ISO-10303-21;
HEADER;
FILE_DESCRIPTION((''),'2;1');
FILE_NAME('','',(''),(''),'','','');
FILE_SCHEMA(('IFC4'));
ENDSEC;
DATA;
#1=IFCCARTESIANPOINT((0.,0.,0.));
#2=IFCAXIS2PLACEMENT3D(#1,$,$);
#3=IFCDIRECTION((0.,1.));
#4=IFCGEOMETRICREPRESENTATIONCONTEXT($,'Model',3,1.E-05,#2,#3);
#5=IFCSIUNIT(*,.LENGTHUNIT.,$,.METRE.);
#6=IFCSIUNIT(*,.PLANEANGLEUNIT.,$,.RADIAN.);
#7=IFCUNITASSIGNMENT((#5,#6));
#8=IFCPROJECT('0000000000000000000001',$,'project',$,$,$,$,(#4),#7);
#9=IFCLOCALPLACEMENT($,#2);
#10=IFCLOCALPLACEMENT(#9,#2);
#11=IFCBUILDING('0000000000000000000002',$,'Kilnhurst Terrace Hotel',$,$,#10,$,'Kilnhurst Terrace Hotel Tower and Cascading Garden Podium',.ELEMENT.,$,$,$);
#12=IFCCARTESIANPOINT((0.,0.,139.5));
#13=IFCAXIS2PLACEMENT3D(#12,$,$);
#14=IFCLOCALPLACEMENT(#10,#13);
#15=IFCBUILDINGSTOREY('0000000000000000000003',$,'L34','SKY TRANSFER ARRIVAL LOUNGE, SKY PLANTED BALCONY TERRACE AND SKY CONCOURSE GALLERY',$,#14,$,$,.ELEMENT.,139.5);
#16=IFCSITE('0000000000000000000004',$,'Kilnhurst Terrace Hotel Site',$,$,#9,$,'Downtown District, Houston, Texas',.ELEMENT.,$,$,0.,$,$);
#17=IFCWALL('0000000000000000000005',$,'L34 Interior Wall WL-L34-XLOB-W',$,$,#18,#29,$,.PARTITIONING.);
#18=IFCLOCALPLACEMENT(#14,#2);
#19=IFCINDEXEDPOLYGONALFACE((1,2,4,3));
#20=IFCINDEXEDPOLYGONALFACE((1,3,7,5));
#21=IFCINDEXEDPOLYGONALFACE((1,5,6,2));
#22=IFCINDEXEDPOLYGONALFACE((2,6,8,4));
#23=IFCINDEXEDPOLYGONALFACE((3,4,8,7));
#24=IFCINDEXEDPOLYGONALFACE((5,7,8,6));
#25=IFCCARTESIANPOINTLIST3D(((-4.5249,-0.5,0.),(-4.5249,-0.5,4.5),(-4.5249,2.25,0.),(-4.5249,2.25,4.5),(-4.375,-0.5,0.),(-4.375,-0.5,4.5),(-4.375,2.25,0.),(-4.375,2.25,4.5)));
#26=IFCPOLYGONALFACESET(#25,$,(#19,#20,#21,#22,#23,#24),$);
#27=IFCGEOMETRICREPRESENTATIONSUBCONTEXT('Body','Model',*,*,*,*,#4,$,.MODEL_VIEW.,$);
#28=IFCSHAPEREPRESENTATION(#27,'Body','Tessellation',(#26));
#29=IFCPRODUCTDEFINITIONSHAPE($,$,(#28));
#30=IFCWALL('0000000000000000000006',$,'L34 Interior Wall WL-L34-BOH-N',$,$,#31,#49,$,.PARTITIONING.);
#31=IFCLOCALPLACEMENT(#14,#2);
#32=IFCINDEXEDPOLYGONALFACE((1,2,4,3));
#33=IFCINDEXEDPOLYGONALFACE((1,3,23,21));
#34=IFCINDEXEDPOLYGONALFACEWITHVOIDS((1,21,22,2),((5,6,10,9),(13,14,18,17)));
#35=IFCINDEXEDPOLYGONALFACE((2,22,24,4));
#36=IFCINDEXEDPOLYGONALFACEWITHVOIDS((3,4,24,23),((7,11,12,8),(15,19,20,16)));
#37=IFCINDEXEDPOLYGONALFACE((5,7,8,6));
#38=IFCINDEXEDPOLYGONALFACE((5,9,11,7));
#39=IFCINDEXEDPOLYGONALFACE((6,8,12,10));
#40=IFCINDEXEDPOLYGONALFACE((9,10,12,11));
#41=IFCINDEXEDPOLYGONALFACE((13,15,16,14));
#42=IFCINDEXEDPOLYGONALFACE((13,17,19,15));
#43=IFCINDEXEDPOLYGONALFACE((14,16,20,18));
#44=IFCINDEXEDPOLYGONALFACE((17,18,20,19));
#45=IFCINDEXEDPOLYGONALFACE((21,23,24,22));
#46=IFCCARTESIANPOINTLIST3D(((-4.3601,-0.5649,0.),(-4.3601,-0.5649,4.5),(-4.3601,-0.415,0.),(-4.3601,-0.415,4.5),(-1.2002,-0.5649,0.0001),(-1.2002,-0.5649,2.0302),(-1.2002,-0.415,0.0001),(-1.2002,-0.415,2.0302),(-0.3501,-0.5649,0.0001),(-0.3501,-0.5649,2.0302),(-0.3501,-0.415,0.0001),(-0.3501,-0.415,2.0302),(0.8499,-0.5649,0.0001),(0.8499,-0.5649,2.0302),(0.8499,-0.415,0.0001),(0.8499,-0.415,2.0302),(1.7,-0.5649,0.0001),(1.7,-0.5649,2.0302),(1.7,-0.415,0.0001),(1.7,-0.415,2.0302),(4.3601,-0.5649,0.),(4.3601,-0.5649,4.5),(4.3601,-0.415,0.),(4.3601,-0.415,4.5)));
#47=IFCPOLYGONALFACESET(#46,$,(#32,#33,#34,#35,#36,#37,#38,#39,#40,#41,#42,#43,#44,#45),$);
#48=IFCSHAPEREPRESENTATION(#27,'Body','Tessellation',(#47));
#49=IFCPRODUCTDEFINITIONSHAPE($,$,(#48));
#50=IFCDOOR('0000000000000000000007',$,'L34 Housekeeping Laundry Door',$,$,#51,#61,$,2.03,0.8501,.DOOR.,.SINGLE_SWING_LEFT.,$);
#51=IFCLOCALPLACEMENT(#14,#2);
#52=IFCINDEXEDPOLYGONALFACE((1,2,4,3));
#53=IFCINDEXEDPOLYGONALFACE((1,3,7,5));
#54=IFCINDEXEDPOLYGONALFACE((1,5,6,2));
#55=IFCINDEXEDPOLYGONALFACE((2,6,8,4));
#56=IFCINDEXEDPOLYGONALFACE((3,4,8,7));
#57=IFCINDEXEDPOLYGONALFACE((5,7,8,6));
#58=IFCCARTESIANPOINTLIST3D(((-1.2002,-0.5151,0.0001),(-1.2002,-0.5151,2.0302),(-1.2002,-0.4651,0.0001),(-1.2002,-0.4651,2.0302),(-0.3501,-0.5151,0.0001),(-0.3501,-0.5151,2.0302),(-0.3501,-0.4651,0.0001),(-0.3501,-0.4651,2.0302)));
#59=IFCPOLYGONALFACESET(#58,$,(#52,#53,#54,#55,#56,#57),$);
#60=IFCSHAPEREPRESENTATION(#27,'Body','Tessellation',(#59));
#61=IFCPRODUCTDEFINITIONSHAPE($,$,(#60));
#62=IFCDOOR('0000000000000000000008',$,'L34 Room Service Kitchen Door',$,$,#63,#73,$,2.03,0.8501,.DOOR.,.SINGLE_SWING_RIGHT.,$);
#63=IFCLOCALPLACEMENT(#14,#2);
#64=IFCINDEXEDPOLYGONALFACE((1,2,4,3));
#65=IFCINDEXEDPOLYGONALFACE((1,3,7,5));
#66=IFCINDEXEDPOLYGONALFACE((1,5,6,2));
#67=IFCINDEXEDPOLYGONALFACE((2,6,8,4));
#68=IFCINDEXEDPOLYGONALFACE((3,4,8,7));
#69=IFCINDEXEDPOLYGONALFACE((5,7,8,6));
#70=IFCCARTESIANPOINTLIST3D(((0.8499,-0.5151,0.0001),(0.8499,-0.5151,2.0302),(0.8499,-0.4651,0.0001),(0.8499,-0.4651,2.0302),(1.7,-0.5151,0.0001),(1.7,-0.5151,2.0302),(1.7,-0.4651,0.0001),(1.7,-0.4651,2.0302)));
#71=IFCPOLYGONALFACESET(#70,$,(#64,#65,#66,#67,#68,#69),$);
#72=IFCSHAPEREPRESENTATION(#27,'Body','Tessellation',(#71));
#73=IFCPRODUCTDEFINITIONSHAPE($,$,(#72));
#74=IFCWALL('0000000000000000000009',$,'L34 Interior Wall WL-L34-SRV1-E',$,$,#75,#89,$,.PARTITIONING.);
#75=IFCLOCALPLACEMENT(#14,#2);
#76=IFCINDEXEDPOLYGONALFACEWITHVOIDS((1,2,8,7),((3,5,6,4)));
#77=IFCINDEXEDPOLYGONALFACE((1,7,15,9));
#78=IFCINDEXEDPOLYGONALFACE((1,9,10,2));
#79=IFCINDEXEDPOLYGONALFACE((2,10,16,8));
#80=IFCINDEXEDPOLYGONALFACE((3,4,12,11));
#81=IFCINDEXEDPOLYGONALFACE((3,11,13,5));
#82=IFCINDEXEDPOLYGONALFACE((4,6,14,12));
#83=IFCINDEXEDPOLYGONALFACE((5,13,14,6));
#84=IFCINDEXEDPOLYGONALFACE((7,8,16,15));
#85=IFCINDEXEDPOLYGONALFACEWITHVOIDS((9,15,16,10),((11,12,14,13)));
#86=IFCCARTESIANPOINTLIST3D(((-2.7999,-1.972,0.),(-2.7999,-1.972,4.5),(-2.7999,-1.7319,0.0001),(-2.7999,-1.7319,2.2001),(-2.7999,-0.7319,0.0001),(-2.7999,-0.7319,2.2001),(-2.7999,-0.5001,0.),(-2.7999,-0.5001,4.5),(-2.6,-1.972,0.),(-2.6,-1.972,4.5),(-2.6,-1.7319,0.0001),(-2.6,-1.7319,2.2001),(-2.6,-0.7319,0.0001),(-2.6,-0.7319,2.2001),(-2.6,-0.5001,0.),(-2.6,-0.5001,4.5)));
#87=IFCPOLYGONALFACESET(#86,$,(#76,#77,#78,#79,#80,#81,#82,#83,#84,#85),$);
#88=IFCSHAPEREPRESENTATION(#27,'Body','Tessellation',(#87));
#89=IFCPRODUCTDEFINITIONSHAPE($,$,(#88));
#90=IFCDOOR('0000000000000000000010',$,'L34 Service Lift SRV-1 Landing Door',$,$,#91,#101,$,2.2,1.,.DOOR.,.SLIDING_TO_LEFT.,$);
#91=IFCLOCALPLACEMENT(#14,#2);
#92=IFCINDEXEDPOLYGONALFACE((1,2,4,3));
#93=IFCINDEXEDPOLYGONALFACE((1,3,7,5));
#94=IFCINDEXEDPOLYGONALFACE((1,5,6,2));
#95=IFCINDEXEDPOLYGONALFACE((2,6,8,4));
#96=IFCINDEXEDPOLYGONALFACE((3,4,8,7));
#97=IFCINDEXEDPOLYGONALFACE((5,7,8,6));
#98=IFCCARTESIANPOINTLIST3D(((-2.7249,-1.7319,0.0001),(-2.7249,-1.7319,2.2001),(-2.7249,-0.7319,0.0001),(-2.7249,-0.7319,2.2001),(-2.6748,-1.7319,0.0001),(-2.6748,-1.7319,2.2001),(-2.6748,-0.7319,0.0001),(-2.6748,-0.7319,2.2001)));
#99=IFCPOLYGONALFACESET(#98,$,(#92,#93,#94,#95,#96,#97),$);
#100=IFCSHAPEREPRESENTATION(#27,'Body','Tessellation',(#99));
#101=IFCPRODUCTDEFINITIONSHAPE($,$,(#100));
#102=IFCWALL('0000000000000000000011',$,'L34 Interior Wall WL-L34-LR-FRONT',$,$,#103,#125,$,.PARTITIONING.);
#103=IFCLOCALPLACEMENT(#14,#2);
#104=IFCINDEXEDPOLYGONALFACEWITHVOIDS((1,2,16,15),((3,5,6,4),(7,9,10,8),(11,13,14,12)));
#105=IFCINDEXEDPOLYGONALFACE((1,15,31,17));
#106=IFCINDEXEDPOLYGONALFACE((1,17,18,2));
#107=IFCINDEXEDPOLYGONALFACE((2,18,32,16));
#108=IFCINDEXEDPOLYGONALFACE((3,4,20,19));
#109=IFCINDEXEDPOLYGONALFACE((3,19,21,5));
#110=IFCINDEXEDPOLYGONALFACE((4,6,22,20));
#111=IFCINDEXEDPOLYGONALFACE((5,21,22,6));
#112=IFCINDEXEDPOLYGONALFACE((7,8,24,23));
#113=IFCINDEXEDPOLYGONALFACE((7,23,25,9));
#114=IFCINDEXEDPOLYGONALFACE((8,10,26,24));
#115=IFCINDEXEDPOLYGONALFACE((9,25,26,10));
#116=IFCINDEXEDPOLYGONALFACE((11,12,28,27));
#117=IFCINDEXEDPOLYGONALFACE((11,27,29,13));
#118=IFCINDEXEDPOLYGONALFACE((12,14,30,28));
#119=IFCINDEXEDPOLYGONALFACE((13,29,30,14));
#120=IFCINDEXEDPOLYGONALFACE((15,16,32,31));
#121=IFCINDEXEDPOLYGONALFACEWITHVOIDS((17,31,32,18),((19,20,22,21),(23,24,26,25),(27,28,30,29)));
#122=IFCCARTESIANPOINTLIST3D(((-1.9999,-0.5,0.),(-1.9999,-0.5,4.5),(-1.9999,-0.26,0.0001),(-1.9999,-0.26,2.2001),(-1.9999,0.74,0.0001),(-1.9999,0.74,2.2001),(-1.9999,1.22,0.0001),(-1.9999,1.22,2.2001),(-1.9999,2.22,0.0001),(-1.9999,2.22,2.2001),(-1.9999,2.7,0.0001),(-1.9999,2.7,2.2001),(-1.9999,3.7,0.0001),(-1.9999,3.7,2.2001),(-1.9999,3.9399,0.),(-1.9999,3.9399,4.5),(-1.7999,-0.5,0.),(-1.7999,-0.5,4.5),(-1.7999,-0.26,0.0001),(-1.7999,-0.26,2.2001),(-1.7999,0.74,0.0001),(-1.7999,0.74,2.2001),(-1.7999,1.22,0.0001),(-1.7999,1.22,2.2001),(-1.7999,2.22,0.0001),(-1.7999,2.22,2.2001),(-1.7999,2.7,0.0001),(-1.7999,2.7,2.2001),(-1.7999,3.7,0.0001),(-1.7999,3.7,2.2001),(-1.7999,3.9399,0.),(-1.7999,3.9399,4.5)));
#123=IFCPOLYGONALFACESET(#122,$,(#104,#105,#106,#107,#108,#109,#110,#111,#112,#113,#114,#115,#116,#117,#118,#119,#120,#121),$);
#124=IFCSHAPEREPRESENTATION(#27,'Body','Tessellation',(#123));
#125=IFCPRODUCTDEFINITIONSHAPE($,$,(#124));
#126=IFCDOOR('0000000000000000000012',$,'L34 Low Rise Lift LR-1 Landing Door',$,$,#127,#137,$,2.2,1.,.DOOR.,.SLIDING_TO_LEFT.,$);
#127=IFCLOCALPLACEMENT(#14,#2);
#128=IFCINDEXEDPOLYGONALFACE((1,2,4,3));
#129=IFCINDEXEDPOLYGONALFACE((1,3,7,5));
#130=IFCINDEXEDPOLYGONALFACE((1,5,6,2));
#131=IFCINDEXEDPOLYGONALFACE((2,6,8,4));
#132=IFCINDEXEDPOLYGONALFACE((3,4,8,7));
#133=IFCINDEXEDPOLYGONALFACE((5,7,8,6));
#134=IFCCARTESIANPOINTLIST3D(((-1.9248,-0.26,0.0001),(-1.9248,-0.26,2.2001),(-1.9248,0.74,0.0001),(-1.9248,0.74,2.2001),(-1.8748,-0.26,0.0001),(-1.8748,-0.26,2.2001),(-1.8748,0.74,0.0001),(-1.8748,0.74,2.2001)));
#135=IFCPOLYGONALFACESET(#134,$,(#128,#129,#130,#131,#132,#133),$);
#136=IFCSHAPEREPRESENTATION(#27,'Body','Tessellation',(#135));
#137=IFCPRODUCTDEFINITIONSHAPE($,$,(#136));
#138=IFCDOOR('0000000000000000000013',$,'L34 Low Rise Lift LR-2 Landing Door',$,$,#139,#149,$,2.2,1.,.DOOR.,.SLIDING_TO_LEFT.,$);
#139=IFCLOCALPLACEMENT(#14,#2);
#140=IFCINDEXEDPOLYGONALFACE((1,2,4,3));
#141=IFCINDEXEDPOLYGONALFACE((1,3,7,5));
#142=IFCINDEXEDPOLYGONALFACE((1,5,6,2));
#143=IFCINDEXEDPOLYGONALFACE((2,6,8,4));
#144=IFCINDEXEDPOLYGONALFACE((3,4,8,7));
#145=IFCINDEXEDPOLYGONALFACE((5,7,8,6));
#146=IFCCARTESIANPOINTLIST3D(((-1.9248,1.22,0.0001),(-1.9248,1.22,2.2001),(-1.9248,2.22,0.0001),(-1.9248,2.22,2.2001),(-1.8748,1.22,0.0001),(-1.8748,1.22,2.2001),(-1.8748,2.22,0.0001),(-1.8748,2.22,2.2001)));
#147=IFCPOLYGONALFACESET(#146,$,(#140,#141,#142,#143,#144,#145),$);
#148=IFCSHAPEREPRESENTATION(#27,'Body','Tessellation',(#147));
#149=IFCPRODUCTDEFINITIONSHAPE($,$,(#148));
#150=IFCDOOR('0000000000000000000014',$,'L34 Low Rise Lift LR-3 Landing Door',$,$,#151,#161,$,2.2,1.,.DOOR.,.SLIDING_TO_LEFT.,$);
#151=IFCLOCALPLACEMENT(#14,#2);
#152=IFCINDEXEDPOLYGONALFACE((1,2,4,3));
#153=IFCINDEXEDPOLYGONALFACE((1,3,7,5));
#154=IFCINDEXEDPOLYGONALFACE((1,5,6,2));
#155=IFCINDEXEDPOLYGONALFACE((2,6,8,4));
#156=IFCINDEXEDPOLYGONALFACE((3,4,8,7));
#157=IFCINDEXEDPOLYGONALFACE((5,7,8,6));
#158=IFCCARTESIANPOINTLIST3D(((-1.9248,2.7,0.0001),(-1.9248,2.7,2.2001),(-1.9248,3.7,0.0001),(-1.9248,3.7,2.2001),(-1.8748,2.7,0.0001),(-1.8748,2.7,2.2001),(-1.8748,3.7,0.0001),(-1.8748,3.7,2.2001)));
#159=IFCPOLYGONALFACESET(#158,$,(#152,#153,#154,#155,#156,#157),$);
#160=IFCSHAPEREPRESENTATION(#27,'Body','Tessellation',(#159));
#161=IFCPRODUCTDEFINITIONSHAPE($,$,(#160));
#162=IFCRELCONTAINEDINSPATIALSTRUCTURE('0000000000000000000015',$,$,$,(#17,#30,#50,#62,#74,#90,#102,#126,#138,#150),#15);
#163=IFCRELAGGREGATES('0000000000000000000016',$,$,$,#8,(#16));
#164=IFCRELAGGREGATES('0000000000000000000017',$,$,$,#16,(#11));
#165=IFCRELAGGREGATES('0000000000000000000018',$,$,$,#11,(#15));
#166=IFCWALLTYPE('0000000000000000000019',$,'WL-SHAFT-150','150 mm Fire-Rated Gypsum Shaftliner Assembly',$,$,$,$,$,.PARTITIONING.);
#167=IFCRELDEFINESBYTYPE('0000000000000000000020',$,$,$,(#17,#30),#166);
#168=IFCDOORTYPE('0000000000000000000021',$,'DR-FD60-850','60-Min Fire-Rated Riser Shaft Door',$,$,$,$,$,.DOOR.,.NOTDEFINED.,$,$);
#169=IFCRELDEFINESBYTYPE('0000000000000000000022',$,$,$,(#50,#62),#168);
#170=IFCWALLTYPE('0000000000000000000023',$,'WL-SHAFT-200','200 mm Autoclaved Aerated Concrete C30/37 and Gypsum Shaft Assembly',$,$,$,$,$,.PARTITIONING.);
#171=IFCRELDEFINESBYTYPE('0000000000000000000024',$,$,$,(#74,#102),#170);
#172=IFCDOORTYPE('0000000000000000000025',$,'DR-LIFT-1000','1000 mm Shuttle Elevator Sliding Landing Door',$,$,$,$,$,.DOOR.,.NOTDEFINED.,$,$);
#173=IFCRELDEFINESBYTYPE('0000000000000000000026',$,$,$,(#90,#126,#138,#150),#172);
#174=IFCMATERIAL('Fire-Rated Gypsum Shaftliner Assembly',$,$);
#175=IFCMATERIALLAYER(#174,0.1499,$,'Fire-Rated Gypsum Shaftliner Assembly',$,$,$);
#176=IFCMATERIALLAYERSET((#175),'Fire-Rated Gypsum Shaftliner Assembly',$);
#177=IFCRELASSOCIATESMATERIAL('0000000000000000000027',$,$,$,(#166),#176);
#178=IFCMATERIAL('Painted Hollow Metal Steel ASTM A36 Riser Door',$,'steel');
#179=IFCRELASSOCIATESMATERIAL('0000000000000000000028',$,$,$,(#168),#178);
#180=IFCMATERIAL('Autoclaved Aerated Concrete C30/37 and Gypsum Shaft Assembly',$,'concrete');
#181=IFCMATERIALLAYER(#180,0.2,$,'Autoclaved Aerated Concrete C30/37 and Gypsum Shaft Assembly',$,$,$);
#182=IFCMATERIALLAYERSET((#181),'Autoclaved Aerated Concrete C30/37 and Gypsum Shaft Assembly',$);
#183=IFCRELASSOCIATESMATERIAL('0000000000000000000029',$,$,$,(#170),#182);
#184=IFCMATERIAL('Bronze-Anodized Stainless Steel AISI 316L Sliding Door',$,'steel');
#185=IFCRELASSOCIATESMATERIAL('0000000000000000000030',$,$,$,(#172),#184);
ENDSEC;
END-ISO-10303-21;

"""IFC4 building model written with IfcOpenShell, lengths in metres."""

from ifc_helpers import new_model, si_unit, direction, frame, frame_2d, origin, place, context, subcontext, project, spatial, rectangle, extrude, material, layer, layer_set, type_object, element, fill, save


model = new_model("IFC4")

# Units and contexts
model_context = context("Model", 3, precision=1e-05, world=origin(), true_north=direction((0.0, 1.0)))
body_context = subcontext(model_context, "Body", "Model", "MODEL_VIEW")
ifc_project = project(units=[si_unit("LENGTHUNIT", "METRE"), si_unit("PLANEANGLEUNIT", "RADIAN")], contexts=[model_context])

# Site, building, storey
site_placement = place(None, origin())
site = spatial("IfcSite", under=ifc_project, at=site_placement, Name="Kilnhurst Terrace Hotel Site", LongName="Downtown District, Houston, Texas", CompositionType="ELEMENT", RefElevation=0.0)
building_placement = place(site_placement, origin())
building = spatial("IfcBuilding", under=site, at=building_placement, Name="Kilnhurst Terrace Hotel", LongName="Kilnhurst Terrace Hotel Tower and Cascading Garden Podium", CompositionType="ELEMENT")
storey_placement = place(building_placement, frame((0.0, 0.0, 139.5)))
storey = spatial("IfcBuildingStorey", under=building, at=storey_placement, Name="L34", Description="SKY TRANSFER ARRIVAL LOUNGE, SKY PLANTED BALCONY TERRACE AND SKY CONCOURSE GALLERY", CompositionType="ELEMENT", Elevation=139.5)

# Wall
ifc_material_1 = material(Name="Fire-Rated Gypsum Shaftliner Assembly")
ifc_layer_1 = layer(ifc_material_1, 0.1499, Name="Fire-Rated Gypsum Shaftliner Assembly")
ifc_layer_set_1 = layer_set([ifc_layer_1], Name="Fire-Rated Gypsum Shaftliner Assembly")
wall_type_1 = type_object("IfcWallType", Name="WL-SHAFT-150", Description="150 mm Fire-Rated Gypsum Shaftliner Assembly", PredefinedType="PARTITIONING", material=ifc_layer_set_1)
wall_1_placement = place(storey_placement, frame((-4.45, -0.5, 0.0), z_axis=(0.0, 0.0, 1.0), x_axis=(0.0, 1.0, 0.0)))
element("IfcWall", 1, at=wall_1_placement, inside=storey, type_object=wall_type_1, Name="L34 Interior Wall WL-L34-XLOB-W", PredefinedType="PARTITIONING", context=body_context, shape_type="SweptSolid", body=[
    extrude(rectangle(XDim=2.75, YDim=0.1499, at=frame_2d((1.375, 0.0))), origin(), (0.0, 0.0, 1.0), 4.5),
])

# Wall, openings, doors
wall_2_placement = place(storey_placement, frame((-4.3601, -0.49, 0.0), z_axis=(0.0, 0.0, 1.0), x_axis=(1.0, 0.0, 0.0)))
wall_2 = element("IfcWall", 2, at=wall_2_placement, inside=storey, type_object=wall_type_1, Name="L34 Interior Wall WL-L34-BOH-N", PredefinedType="PARTITIONING", context=body_context, shape_type="SweptSolid", body=[
    extrude(rectangle(XDim=8.7202, YDim=0.1499, at=frame_2d((4.3601, 0.0))), origin(), (0.0, 0.0, 1.0), 4.5),
])
opening_1_placement = place(wall_2_placement, frame((3.1599, 0.0, 0.0)))
opening_1 = element("IfcOpeningElement", 3, at=opening_1_placement, cuts=wall_2, PredefinedType="OPENING", context=body_context, shape_type="SweptSolid", body=[
    extrude(rectangle(XDim=0.8501, YDim=2.03, at=frame_2d((0.425, 1.0151))), frame((0.0, 0.085, 0.0), z_axis=(0.0, -1.0, 0.0), x_axis=(1.0, 0.0, 0.0)), (0.0, 0.0, 1.0), 0.1699),
])
opening_2_placement = place(wall_2_placement, frame((5.21, 0.0, 0.0)))
opening_2 = element("IfcOpeningElement", 4, at=opening_2_placement, cuts=wall_2, PredefinedType="OPENING", context=body_context, shape_type="SweptSolid", body=[
    extrude(rectangle(XDim=0.8501, YDim=2.03, at=frame_2d((0.425, 1.0151))), frame((0.0, 0.085, 0.0), z_axis=(0.0, -1.0, 0.0), x_axis=(1.0, 0.0, 0.0)), (0.0, 0.0, 1.0), 0.1699),
])
ifc_material_2 = material(Name="Painted Hollow Metal Steel ASTM A36 Riser Door", Category="steel")
door_type_1 = type_object("IfcDoorType", Name="DR-FD60-850", Description="60-Min Fire-Rated Riser Shaft Door", OperationType="NOTDEFINED", PredefinedType="DOOR", material=ifc_material_2)
door_1_placement = place(opening_1_placement, origin())
door_1 = element("IfcDoor", 5, at=door_1_placement, inside=storey, type_object=door_type_1, Name="L34 Housekeeping Laundry Door", OperationType="SINGLE_SWING_LEFT", OverallHeight=2.03, OverallWidth=0.8501, PredefinedType="DOOR", context=body_context, shape_type="SweptSolid", body=[
    extrude(rectangle(XDim=0.8501, YDim=2.03, at=frame_2d((0.425, 1.0151))), frame((0.0, 0.0249, 0.0), z_axis=(0.0, -1.0, 0.0), x_axis=(1.0, 0.0, 0.0)), (0.0, 0.0, 1.0), 0.05),
])
fill(opening_1, door_1)
door_2_placement = place(opening_2_placement, origin())
door_2 = element("IfcDoor", 6, at=door_2_placement, inside=storey, type_object=door_type_1, Name="L34 Room Service Kitchen Door", OperationType="SINGLE_SWING_RIGHT", OverallHeight=2.03, OverallWidth=0.8501, PredefinedType="DOOR", context=body_context, shape_type="SweptSolid", body=[
    extrude(rectangle(XDim=0.8501, YDim=2.03, at=frame_2d((0.425, 1.0151))), frame((0.0, 0.0249, 0.0), z_axis=(0.0, -1.0, 0.0), x_axis=(1.0, 0.0, 0.0)), (0.0, 0.0, 1.0), 0.05),
])
fill(opening_2, door_2)

# Wall, opening, door
ifc_material_3 = material(Name="Autoclaved Aerated Concrete C30/37 and Gypsum Shaft Assembly", Category="concrete")
ifc_layer_2 = layer(ifc_material_3, 0.2, Name="Autoclaved Aerated Concrete C30/37 and Gypsum Shaft Assembly")
ifc_layer_set_2 = layer_set([ifc_layer_2], Name="Autoclaved Aerated Concrete C30/37 and Gypsum Shaft Assembly")
wall_type_2 = type_object("IfcWallType", Name="WL-SHAFT-200", Description="200 mm Autoclaved Aerated Concrete C30/37 and Gypsum Shaft Assembly", PredefinedType="PARTITIONING", material=ifc_layer_set_2)
wall_3_placement = place(storey_placement, frame((-2.7, -1.9719, 0.0), z_axis=(0.0, 0.0, 1.0), x_axis=(0.0, 1.0, 0.0)))
wall_3 = element("IfcWall", 7, at=wall_3_placement, inside=storey, type_object=wall_type_2, Name="L34 Interior Wall WL-L34-SRV1-E", PredefinedType="PARTITIONING", context=body_context, shape_type="SweptSolid", body=[
    extrude(rectangle(XDim=1.4719, YDim=0.2, at=frame_2d((0.7358, 0.0))), origin(), (0.0, 0.0, 1.0), 4.5),
])
opening_3_placement = place(wall_3_placement, frame((0.24, 0.0, 0.0)))
opening_3 = element("IfcOpeningElement", 8, at=opening_3_placement, cuts=wall_3, PredefinedType="OPENING", context=body_context, shape_type="SweptSolid", body=[
    extrude(rectangle(XDim=1.0, YDim=2.2, at=frame_2d((0.5, 1.1001))), frame((0.0, 0.1099, 0.0), z_axis=(0.0, -1.0, 0.0), x_axis=(1.0, 0.0, 0.0)), (0.0, 0.0, 1.0), 0.22),
])
ifc_material_4 = material(Name="Bronze-Anodized Stainless Steel AISI 316L Sliding Door", Category="steel")
door_type_2 = type_object("IfcDoorType", Name="DR-LIFT-1000", Description="1000 mm Shuttle Elevator Sliding Landing Door", OperationType="NOTDEFINED", PredefinedType="DOOR", material=ifc_material_4)
door_3_placement = place(opening_3_placement, origin())
door_3 = element("IfcDoor", 9, at=door_3_placement, inside=storey, type_object=door_type_2, Name="L34 Service Lift SRV-1 Landing Door", OperationType="SLIDING_TO_LEFT", OverallHeight=2.2, OverallWidth=1.0, PredefinedType="DOOR", context=body_context, shape_type="SweptSolid", body=[
    extrude(rectangle(XDim=1.0, YDim=2.2, at=frame_2d((0.5, 1.1001))), frame((0.0, 0.0249, 0.0), z_axis=(0.0, -1.0, 0.0), x_axis=(1.0, 0.0, 0.0)), (0.0, 0.0, 1.0), 0.05),
])
fill(opening_3, door_3)

# Wall, openings, doors
wall_4_placement = place(storey_placement, frame((-1.8999, -0.5, 0.0), z_axis=(0.0, 0.0, 1.0), x_axis=(0.0, 1.0, 0.0)))
wall_4 = element("IfcWall", 10, at=wall_4_placement, inside=storey, type_object=wall_type_2, Name="L34 Interior Wall WL-L34-LR-FRONT", PredefinedType="PARTITIONING", context=body_context, shape_type="SweptSolid", body=[
    extrude(rectangle(XDim=4.4399, YDim=0.2, at=frame_2d((2.22, 0.0))), origin(), (0.0, 0.0, 1.0), 4.5),
])
opening_4_placement = place(wall_4_placement, frame((0.24, 0.0, 0.0)))
opening_4 = element("IfcOpeningElement", 11, at=opening_4_placement, cuts=wall_4, PredefinedType="OPENING", context=body_context, shape_type="SweptSolid", body=[
    extrude(rectangle(XDim=1.0, YDim=2.2, at=frame_2d((0.5, 1.1001))), frame((0.0, 0.1099, 0.0), z_axis=(0.0, -1.0, 0.0), x_axis=(1.0, 0.0, 0.0)), (0.0, 0.0, 1.0), 0.22),
])
opening_5_placement = place(wall_4_placement, frame((1.72, 0.0, 0.0)))
opening_5 = element("IfcOpeningElement", 12, at=opening_5_placement, cuts=wall_4, PredefinedType="OPENING", context=body_context, shape_type="SweptSolid", body=[
    extrude(rectangle(XDim=1.0, YDim=2.2, at=frame_2d((0.5, 1.1001))), frame((0.0, 0.1099, 0.0), z_axis=(0.0, -1.0, 0.0), x_axis=(1.0, 0.0, 0.0)), (0.0, 0.0, 1.0), 0.22),
])
opening_6_placement = place(wall_4_placement, frame((3.2, 0.0, 0.0)))
opening_6 = element("IfcOpeningElement", 13, at=opening_6_placement, cuts=wall_4, PredefinedType="OPENING", context=body_context, shape_type="SweptSolid", body=[
    extrude(rectangle(XDim=1.0, YDim=2.2, at=frame_2d((0.5, 1.1001))), frame((0.0, 0.1099, 0.0), z_axis=(0.0, -1.0, 0.0), x_axis=(1.0, 0.0, 0.0)), (0.0, 0.0, 1.0), 0.22),
])
door_4_placement = place(opening_4_placement, origin())
door_4 = element("IfcDoor", 14, at=door_4_placement, inside=storey, type_object=door_type_2, Name="L34 Low Rise Lift LR-1 Landing Door", OperationType="SLIDING_TO_LEFT", OverallHeight=2.2, OverallWidth=1.0, PredefinedType="DOOR", context=body_context, shape_type="SweptSolid", body=[
    extrude(rectangle(XDim=1.0, YDim=2.2, at=frame_2d((0.5, 1.1001))), frame((0.0, 0.0249, 0.0), z_axis=(0.0, -1.0, 0.0), x_axis=(1.0, 0.0, 0.0)), (0.0, 0.0, 1.0), 0.05),
])
fill(opening_4, door_4)
door_5_placement = place(opening_5_placement, origin())
door_5 = element("IfcDoor", 15, at=door_5_placement, inside=storey, type_object=door_type_2, Name="L34 Low Rise Lift LR-2 Landing Door", OperationType="SLIDING_TO_LEFT", OverallHeight=2.2, OverallWidth=1.0, PredefinedType="DOOR", context=body_context, shape_type="SweptSolid", body=[
    extrude(rectangle(XDim=1.0, YDim=2.2, at=frame_2d((0.5, 1.1001))), frame((0.0, 0.0249, 0.0), z_axis=(0.0, -1.0, 0.0), x_axis=(1.0, 0.0, 0.0)), (0.0, 0.0, 1.0), 0.05),
])
fill(opening_5, door_5)
door_6_placement = place(opening_6_placement, origin())
door_6 = element("IfcDoor", 16, at=door_6_placement, inside=storey, type_object=door_type_2, Name="L34 Low Rise Lift LR-3 Landing Door", OperationType="SLIDING_TO_LEFT", OverallHeight=2.2, OverallWidth=1.0, PredefinedType="DOOR", context=body_context, shape_type="SweptSolid", body=[
    extrude(rectangle(XDim=1.0, YDim=2.2, at=frame_2d((0.5, 1.1001))), frame((0.0, 0.0249, 0.0), z_axis=(0.0, -1.0, 0.0), x_axis=(1.0, 0.0, 0.0)), (0.0, 0.0, 1.0), 0.05),
])
fill(opening_6, door_6)

save(model, "model.ifc")
